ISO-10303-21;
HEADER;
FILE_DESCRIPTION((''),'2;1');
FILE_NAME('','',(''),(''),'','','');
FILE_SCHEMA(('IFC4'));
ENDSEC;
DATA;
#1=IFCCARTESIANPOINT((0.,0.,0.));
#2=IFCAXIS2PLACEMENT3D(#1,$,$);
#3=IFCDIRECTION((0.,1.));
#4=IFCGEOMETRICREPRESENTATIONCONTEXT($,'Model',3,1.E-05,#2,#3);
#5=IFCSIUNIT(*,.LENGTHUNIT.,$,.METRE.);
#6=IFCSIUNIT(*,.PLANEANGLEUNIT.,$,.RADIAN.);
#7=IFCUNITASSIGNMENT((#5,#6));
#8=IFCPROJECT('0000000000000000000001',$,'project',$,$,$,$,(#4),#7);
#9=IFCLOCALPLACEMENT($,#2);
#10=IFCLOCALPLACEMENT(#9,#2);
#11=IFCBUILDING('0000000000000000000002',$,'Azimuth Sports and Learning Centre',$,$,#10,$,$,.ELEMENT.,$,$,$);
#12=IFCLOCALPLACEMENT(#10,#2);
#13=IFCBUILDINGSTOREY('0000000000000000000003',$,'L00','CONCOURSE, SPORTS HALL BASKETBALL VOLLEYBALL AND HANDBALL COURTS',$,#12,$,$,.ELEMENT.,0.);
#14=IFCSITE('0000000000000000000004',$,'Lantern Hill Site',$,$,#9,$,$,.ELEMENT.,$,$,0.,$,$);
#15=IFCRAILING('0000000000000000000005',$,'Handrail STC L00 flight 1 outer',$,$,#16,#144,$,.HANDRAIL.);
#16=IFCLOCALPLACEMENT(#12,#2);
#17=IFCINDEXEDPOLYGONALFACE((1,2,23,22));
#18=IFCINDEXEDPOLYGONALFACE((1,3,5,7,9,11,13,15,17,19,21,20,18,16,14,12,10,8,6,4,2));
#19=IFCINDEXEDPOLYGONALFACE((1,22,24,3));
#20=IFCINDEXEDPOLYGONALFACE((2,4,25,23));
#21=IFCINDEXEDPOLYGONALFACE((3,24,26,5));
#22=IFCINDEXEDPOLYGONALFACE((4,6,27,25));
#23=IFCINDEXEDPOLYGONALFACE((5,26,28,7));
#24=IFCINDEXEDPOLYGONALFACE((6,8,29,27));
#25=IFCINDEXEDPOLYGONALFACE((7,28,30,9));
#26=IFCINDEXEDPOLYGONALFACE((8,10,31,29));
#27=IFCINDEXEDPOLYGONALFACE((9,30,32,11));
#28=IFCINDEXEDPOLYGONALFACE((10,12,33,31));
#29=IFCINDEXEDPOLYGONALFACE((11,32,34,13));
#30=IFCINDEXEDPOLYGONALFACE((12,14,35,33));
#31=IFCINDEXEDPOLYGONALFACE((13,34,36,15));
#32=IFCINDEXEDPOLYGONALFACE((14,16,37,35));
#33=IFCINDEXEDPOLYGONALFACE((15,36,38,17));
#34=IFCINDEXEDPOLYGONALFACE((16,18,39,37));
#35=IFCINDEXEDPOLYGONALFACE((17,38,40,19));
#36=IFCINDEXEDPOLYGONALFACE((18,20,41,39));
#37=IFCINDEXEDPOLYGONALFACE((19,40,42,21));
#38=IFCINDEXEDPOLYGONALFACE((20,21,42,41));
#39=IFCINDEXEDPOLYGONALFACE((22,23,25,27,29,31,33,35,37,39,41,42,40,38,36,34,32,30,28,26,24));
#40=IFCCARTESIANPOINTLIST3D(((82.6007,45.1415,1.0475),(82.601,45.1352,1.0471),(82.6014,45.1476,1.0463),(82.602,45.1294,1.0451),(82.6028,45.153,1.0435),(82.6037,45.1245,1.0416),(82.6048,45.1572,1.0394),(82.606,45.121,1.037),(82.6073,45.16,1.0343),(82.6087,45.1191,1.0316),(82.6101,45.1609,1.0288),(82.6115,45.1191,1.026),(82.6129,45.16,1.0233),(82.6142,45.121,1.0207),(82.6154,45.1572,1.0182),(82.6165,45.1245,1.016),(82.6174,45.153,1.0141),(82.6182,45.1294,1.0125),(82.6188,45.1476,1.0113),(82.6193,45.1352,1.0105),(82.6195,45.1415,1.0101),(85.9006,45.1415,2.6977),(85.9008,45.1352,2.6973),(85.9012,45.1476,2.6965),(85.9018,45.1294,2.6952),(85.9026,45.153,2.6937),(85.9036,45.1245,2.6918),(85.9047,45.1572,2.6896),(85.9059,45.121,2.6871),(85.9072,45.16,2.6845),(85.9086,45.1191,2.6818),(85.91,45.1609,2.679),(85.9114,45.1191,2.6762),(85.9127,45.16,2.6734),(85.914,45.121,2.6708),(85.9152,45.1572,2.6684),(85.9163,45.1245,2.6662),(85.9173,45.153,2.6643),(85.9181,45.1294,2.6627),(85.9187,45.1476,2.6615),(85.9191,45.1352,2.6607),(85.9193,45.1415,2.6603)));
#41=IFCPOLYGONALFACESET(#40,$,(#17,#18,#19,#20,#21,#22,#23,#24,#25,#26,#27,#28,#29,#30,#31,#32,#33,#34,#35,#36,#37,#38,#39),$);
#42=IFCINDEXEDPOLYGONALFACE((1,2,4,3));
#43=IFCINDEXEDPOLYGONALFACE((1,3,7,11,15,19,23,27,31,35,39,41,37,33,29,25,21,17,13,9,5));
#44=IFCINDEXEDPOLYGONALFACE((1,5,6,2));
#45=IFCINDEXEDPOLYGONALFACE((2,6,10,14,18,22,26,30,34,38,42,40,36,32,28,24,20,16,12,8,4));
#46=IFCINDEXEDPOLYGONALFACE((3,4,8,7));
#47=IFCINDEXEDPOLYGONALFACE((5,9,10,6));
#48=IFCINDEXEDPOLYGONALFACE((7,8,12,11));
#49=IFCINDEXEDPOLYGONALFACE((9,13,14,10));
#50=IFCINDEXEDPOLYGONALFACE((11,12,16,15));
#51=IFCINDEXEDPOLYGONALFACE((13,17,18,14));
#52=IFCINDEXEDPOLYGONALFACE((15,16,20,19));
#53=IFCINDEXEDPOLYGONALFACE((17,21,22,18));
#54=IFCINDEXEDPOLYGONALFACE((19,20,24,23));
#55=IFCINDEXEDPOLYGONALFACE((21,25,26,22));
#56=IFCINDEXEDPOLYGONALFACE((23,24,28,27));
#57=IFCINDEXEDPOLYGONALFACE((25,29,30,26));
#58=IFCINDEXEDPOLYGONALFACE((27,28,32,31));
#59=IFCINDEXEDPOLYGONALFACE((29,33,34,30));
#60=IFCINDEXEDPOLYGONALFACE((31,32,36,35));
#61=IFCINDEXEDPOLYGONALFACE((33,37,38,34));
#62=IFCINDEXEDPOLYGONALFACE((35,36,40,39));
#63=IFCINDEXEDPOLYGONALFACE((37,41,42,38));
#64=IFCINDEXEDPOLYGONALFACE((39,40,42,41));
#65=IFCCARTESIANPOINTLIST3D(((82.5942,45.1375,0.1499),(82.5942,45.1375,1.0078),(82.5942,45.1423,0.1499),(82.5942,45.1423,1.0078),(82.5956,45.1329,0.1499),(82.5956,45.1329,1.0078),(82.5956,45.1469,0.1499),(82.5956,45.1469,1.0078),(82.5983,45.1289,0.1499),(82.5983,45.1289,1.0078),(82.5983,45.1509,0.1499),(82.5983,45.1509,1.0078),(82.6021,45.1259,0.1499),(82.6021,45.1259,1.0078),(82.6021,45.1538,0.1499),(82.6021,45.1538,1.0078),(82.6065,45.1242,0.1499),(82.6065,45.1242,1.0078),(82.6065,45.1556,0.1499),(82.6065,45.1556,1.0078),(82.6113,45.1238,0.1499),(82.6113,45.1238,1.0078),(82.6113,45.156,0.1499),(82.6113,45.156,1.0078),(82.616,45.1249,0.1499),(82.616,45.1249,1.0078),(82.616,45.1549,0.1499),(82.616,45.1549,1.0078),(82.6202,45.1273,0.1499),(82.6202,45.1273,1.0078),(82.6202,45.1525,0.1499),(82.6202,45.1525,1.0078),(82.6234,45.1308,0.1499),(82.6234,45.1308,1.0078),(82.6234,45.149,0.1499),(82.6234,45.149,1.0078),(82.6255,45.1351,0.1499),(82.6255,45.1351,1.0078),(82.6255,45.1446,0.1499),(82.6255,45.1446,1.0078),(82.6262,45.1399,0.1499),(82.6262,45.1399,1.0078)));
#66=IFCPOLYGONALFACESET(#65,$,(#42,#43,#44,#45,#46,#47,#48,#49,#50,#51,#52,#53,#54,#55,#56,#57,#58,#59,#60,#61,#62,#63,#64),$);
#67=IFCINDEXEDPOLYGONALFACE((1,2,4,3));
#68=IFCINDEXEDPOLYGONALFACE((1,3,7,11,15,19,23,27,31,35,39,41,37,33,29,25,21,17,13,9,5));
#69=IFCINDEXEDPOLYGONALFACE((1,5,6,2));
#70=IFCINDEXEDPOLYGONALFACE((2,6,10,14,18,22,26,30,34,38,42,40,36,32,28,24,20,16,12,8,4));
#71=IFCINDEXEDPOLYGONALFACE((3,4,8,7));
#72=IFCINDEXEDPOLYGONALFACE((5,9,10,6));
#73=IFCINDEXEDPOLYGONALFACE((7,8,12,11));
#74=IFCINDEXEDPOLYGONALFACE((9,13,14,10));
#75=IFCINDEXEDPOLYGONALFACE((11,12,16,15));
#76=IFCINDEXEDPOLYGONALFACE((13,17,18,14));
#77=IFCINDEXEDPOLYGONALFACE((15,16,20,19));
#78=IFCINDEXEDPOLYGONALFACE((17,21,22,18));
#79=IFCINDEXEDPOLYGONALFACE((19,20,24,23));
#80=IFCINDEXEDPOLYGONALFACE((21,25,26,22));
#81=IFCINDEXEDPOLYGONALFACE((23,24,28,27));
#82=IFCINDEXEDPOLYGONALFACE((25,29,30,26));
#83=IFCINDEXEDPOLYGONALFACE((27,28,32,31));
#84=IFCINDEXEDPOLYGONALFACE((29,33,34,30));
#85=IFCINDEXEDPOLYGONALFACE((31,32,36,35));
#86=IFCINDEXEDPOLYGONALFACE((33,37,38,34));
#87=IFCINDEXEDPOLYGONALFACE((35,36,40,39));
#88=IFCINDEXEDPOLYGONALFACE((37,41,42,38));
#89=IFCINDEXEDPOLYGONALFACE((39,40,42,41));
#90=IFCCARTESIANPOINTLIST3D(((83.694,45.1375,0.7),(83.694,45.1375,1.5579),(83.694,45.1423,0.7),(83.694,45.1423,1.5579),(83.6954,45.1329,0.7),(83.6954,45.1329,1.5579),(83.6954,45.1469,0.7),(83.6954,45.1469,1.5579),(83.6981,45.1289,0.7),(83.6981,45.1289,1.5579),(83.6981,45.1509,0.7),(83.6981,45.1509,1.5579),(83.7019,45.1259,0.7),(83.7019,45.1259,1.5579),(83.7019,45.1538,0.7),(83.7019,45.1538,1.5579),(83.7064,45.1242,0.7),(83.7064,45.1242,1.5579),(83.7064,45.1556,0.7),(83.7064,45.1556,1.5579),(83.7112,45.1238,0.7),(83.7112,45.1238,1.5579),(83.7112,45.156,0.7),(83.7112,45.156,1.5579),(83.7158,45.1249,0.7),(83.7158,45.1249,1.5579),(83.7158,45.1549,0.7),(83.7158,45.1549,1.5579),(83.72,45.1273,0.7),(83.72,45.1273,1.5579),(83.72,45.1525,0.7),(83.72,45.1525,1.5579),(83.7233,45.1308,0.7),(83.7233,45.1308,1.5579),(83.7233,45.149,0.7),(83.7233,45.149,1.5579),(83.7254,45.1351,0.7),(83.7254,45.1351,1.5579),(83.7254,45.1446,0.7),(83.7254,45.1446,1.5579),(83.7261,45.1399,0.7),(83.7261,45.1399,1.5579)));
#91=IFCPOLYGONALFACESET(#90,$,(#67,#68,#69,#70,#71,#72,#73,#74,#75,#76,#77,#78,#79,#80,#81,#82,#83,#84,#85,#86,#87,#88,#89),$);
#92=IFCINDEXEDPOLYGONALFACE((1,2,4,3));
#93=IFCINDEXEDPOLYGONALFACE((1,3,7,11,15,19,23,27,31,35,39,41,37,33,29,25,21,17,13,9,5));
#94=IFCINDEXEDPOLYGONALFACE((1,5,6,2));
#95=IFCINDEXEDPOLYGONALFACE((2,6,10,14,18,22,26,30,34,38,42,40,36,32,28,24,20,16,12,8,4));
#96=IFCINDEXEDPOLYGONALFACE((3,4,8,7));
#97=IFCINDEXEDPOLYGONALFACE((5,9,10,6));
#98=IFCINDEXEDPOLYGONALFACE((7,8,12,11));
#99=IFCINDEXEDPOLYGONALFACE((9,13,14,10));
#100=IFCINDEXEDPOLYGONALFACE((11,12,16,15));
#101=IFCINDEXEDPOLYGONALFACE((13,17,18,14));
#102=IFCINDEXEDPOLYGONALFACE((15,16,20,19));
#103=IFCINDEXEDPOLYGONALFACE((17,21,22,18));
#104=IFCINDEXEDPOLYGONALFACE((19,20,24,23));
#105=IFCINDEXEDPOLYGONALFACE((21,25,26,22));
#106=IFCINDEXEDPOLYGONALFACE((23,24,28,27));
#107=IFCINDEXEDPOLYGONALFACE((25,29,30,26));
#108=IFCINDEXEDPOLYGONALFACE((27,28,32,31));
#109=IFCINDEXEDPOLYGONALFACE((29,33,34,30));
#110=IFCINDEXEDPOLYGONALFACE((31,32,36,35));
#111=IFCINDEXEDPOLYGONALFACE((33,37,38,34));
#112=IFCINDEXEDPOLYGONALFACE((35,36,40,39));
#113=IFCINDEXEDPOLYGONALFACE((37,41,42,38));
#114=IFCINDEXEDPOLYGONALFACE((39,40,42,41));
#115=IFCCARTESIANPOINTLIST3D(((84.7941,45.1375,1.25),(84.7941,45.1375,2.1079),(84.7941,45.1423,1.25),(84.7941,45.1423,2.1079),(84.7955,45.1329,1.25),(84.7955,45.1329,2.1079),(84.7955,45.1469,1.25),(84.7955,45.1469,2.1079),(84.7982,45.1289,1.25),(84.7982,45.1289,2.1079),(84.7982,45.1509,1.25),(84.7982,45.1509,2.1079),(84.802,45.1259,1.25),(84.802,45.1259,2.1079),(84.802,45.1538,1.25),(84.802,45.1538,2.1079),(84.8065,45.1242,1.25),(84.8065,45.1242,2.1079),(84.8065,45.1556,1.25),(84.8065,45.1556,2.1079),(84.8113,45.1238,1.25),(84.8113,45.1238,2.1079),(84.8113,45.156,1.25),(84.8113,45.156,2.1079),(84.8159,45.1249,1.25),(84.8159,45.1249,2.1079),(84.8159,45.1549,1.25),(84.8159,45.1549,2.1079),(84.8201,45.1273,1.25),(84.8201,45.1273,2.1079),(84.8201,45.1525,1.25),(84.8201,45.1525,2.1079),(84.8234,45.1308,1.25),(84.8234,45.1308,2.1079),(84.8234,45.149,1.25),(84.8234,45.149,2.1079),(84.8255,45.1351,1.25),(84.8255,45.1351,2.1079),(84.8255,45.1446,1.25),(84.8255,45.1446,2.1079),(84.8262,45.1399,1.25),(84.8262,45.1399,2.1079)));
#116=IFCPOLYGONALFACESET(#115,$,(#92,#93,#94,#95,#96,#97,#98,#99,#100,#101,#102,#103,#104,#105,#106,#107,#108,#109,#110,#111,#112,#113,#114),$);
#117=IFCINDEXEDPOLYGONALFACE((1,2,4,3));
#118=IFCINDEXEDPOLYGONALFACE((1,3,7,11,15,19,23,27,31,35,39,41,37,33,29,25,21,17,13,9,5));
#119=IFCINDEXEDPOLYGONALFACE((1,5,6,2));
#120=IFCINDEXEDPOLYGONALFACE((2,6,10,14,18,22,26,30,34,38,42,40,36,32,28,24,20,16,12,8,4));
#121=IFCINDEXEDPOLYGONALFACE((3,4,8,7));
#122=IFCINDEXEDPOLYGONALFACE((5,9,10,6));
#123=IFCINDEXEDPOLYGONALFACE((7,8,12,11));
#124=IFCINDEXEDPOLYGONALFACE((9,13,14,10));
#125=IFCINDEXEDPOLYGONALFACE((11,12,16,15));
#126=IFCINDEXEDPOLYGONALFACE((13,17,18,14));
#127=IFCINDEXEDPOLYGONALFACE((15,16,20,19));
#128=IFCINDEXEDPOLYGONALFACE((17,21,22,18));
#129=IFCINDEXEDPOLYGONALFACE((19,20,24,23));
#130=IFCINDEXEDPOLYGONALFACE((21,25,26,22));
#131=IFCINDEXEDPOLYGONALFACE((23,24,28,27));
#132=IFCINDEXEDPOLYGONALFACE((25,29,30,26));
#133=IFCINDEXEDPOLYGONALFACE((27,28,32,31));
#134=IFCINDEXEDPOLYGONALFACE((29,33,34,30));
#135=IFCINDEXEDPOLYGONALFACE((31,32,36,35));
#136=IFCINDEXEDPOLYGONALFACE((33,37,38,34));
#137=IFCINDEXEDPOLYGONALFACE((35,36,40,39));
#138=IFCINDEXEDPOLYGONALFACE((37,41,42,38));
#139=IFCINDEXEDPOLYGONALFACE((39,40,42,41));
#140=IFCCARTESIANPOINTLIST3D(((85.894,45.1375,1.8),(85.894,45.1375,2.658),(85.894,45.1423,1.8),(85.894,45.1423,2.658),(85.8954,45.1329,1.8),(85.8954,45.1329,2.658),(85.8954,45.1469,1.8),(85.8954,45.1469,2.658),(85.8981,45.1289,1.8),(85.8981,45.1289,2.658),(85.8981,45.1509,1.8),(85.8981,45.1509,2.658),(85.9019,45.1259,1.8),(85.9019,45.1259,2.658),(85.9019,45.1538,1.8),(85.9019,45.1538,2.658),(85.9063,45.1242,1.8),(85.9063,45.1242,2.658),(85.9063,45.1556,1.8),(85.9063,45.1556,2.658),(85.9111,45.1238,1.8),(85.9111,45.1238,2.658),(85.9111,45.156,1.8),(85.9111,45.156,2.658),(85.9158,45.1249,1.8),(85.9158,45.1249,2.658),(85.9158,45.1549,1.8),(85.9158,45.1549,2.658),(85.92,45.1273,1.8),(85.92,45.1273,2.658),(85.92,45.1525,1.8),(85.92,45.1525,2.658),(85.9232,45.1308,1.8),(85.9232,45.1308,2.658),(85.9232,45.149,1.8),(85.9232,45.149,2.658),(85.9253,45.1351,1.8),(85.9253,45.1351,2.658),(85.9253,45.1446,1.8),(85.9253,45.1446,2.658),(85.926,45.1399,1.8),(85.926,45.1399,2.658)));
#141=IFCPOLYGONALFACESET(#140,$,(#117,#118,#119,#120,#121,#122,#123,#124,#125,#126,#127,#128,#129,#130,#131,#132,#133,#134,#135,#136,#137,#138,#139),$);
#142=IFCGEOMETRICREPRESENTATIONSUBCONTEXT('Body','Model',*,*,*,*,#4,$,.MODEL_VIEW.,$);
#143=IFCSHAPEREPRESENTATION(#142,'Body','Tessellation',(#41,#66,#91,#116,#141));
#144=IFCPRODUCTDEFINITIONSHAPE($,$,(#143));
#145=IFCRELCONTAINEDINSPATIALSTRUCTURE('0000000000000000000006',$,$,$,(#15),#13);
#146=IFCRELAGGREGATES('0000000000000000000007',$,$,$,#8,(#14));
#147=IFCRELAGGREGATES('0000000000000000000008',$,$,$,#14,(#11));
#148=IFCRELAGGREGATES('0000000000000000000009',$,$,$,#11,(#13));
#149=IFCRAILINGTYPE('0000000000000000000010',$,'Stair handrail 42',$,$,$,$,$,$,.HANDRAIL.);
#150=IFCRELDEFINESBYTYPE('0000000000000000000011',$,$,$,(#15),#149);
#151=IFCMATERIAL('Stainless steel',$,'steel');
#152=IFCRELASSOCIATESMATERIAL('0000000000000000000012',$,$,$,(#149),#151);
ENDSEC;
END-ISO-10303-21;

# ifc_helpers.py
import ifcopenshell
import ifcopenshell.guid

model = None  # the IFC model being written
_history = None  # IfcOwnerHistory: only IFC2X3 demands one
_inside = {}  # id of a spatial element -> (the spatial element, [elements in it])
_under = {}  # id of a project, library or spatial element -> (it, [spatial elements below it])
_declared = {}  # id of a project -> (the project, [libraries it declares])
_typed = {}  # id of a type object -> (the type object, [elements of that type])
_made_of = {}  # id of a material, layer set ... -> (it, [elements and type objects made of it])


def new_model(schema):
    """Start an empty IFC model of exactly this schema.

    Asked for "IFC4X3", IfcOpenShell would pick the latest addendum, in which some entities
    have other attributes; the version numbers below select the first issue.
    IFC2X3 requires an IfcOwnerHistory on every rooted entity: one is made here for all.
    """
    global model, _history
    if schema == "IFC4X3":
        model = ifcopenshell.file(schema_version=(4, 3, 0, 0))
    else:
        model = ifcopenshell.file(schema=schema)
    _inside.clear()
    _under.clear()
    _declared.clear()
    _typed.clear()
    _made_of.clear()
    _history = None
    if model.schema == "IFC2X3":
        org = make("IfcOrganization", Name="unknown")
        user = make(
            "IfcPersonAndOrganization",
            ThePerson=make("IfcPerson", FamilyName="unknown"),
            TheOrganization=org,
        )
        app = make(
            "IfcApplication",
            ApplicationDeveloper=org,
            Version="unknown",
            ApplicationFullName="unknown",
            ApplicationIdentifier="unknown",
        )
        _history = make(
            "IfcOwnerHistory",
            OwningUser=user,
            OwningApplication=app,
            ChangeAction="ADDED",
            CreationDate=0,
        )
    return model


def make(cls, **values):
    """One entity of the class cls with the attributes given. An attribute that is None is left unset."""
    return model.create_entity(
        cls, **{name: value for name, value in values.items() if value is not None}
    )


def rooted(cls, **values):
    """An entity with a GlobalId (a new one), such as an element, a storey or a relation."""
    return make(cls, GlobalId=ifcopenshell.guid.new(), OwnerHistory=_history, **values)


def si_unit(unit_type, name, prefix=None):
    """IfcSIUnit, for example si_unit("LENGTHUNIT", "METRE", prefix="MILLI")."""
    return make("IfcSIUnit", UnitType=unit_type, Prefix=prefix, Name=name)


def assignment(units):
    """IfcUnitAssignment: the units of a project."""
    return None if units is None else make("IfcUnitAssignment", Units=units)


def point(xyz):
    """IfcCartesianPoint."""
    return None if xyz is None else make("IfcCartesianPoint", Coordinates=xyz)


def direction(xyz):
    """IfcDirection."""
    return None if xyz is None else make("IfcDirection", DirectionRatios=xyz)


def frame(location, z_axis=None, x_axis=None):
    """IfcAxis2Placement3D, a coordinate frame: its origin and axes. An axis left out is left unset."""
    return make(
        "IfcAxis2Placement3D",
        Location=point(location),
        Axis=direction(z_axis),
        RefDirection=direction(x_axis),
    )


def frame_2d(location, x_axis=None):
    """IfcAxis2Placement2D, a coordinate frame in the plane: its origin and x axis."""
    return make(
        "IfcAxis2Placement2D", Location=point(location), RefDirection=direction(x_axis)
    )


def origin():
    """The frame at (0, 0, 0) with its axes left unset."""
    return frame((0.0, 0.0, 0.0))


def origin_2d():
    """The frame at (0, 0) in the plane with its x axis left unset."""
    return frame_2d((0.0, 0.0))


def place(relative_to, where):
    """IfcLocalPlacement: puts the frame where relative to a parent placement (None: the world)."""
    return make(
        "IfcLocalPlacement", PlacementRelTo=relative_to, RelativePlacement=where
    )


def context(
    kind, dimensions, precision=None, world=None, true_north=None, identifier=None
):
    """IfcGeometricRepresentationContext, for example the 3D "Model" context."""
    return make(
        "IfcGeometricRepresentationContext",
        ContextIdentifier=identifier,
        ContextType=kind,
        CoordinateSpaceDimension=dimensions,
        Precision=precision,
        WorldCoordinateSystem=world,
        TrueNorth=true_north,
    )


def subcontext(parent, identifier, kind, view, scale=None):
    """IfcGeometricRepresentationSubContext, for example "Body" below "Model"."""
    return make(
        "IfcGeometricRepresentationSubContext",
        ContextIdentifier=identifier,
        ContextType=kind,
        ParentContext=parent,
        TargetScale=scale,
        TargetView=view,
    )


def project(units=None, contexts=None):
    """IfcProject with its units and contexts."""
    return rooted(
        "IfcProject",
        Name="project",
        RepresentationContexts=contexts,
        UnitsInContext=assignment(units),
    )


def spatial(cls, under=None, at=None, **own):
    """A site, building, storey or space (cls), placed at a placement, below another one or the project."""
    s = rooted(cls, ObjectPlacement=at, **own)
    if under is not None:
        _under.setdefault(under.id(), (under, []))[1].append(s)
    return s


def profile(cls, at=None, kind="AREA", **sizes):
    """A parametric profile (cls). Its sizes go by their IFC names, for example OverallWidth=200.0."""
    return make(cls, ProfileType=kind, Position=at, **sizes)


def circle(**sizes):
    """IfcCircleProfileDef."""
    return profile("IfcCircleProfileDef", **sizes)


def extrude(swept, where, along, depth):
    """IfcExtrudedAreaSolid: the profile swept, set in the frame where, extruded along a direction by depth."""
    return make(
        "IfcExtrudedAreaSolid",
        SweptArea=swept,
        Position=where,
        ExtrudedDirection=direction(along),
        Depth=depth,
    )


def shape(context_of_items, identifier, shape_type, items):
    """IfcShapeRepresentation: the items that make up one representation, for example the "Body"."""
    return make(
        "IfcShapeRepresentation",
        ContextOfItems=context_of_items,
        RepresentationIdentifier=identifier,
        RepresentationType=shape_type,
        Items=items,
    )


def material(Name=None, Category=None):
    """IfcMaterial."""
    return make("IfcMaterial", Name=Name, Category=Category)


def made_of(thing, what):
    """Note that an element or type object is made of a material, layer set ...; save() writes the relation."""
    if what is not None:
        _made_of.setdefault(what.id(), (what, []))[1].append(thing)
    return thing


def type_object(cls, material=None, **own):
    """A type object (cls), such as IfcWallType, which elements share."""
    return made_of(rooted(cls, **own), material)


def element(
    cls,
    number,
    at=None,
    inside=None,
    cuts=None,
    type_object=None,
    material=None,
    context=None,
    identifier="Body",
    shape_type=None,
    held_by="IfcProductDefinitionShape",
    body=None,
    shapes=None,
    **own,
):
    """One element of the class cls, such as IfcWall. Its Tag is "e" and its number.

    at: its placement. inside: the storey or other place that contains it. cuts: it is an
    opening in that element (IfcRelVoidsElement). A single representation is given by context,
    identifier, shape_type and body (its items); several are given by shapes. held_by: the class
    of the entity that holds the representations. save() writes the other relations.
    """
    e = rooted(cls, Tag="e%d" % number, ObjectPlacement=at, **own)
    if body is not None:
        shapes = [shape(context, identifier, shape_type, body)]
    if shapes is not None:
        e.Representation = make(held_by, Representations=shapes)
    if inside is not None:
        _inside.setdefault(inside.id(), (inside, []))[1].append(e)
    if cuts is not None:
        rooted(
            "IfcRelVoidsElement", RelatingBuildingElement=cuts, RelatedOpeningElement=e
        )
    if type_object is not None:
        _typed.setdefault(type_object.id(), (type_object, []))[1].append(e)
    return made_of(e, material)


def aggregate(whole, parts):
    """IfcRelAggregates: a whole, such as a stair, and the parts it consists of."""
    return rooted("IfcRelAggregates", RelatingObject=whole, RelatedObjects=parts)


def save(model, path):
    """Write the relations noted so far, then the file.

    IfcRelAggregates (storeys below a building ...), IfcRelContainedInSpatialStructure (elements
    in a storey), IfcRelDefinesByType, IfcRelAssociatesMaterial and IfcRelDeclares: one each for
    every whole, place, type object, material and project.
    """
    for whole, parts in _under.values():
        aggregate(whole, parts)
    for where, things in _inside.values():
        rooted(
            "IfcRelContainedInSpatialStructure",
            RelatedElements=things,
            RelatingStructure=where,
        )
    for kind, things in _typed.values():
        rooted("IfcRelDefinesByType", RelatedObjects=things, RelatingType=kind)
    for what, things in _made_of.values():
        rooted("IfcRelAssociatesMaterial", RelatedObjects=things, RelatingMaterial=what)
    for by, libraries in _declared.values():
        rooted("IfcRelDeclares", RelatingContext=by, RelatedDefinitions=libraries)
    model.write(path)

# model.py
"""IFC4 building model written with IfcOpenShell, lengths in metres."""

from ifc_helpers import new_model, si_unit, direction, frame, origin, origin_2d, place, context, subcontext, project, spatial, circle, extrude, material, type_object, element, save


model = new_model("IFC4")

# Units and contexts
model_context = context("Model", 3, precision=1e-05, world=origin(), true_north=direction((0.0, 1.0)))
body_context = subcontext(model_context, "Body", "Model", "MODEL_VIEW")
ifc_project = project(units=[si_unit("LENGTHUNIT", "METRE"), si_unit("PLANEANGLEUNIT", "RADIAN")], contexts=[model_context])

# Site, building, storey
site_placement = place(None, origin())
site = spatial("IfcSite", under=ifc_project, at=site_placement, Name="Lantern Hill Site", CompositionType="ELEMENT", RefElevation=0.0)
building_placement = place(site_placement, origin())
building = spatial("IfcBuilding", under=site, at=building_placement, Name="Azimuth Sports and Learning Centre", CompositionType="ELEMENT")
storey_placement = place(building_placement, origin())
storey = spatial("IfcBuildingStorey", under=building, at=storey_placement, Name="L00", Description="CONCOURSE, SPORTS HALL BASKETBALL VOLLEYBALL AND HANDBALL COURTS", CompositionType="ELEMENT", Elevation=0.0)

# Railing
ifc_material_1 = material(Name="Stainless steel", Category="steel")
railing_type_1 = type_object("IfcRailingType", Name="Stair handrail 42", PredefinedType="HANDRAIL", material=ifc_material_1)
for number, where, name in (
    (1, (82.6101, 45.1399, 0.1499), "Handrail STC L00 flight 1 outer"),
):
    element("IfcRailing", number, at=place(storey_placement, frame(where)), inside=storey, type_object=railing_type_1, Name=name, PredefinedType="HANDRAIL", context=body_context, shape_type="SweptSolid", body=[
        extrude(circle(Radius=0.021, at=origin_2d()), frame((0.0, 0.0, 0.8789), z_axis=(0.894401, 0.0, 0.447267), x_axis=(0.0, 1.0, 0.0)), (0.0, 0.0, 1.0), 3.6895),
        extrude(circle(Radius=0.0161, at=origin_2d()), origin(), (0.0, 0.0, 1.0), 0.8579),
        extrude(circle(Radius=0.0161, at=origin_2d()), frame((1.0999, 0.0, 0.55)), (0.0, 0.0, 1.0), 0.8579),
        extrude(circle(Radius=0.0161, at=origin_2d()), frame((2.2, 0.0, 1.1001)), (0.0, 0.0, 1.0), 0.8579),
        extrude(circle(Radius=0.0161, at=origin_2d()), frame((3.2998, 0.0, 1.6501)), (0.0, 0.0, 1.0), 0.8579),
    ])

save(model, "model.ifc")
